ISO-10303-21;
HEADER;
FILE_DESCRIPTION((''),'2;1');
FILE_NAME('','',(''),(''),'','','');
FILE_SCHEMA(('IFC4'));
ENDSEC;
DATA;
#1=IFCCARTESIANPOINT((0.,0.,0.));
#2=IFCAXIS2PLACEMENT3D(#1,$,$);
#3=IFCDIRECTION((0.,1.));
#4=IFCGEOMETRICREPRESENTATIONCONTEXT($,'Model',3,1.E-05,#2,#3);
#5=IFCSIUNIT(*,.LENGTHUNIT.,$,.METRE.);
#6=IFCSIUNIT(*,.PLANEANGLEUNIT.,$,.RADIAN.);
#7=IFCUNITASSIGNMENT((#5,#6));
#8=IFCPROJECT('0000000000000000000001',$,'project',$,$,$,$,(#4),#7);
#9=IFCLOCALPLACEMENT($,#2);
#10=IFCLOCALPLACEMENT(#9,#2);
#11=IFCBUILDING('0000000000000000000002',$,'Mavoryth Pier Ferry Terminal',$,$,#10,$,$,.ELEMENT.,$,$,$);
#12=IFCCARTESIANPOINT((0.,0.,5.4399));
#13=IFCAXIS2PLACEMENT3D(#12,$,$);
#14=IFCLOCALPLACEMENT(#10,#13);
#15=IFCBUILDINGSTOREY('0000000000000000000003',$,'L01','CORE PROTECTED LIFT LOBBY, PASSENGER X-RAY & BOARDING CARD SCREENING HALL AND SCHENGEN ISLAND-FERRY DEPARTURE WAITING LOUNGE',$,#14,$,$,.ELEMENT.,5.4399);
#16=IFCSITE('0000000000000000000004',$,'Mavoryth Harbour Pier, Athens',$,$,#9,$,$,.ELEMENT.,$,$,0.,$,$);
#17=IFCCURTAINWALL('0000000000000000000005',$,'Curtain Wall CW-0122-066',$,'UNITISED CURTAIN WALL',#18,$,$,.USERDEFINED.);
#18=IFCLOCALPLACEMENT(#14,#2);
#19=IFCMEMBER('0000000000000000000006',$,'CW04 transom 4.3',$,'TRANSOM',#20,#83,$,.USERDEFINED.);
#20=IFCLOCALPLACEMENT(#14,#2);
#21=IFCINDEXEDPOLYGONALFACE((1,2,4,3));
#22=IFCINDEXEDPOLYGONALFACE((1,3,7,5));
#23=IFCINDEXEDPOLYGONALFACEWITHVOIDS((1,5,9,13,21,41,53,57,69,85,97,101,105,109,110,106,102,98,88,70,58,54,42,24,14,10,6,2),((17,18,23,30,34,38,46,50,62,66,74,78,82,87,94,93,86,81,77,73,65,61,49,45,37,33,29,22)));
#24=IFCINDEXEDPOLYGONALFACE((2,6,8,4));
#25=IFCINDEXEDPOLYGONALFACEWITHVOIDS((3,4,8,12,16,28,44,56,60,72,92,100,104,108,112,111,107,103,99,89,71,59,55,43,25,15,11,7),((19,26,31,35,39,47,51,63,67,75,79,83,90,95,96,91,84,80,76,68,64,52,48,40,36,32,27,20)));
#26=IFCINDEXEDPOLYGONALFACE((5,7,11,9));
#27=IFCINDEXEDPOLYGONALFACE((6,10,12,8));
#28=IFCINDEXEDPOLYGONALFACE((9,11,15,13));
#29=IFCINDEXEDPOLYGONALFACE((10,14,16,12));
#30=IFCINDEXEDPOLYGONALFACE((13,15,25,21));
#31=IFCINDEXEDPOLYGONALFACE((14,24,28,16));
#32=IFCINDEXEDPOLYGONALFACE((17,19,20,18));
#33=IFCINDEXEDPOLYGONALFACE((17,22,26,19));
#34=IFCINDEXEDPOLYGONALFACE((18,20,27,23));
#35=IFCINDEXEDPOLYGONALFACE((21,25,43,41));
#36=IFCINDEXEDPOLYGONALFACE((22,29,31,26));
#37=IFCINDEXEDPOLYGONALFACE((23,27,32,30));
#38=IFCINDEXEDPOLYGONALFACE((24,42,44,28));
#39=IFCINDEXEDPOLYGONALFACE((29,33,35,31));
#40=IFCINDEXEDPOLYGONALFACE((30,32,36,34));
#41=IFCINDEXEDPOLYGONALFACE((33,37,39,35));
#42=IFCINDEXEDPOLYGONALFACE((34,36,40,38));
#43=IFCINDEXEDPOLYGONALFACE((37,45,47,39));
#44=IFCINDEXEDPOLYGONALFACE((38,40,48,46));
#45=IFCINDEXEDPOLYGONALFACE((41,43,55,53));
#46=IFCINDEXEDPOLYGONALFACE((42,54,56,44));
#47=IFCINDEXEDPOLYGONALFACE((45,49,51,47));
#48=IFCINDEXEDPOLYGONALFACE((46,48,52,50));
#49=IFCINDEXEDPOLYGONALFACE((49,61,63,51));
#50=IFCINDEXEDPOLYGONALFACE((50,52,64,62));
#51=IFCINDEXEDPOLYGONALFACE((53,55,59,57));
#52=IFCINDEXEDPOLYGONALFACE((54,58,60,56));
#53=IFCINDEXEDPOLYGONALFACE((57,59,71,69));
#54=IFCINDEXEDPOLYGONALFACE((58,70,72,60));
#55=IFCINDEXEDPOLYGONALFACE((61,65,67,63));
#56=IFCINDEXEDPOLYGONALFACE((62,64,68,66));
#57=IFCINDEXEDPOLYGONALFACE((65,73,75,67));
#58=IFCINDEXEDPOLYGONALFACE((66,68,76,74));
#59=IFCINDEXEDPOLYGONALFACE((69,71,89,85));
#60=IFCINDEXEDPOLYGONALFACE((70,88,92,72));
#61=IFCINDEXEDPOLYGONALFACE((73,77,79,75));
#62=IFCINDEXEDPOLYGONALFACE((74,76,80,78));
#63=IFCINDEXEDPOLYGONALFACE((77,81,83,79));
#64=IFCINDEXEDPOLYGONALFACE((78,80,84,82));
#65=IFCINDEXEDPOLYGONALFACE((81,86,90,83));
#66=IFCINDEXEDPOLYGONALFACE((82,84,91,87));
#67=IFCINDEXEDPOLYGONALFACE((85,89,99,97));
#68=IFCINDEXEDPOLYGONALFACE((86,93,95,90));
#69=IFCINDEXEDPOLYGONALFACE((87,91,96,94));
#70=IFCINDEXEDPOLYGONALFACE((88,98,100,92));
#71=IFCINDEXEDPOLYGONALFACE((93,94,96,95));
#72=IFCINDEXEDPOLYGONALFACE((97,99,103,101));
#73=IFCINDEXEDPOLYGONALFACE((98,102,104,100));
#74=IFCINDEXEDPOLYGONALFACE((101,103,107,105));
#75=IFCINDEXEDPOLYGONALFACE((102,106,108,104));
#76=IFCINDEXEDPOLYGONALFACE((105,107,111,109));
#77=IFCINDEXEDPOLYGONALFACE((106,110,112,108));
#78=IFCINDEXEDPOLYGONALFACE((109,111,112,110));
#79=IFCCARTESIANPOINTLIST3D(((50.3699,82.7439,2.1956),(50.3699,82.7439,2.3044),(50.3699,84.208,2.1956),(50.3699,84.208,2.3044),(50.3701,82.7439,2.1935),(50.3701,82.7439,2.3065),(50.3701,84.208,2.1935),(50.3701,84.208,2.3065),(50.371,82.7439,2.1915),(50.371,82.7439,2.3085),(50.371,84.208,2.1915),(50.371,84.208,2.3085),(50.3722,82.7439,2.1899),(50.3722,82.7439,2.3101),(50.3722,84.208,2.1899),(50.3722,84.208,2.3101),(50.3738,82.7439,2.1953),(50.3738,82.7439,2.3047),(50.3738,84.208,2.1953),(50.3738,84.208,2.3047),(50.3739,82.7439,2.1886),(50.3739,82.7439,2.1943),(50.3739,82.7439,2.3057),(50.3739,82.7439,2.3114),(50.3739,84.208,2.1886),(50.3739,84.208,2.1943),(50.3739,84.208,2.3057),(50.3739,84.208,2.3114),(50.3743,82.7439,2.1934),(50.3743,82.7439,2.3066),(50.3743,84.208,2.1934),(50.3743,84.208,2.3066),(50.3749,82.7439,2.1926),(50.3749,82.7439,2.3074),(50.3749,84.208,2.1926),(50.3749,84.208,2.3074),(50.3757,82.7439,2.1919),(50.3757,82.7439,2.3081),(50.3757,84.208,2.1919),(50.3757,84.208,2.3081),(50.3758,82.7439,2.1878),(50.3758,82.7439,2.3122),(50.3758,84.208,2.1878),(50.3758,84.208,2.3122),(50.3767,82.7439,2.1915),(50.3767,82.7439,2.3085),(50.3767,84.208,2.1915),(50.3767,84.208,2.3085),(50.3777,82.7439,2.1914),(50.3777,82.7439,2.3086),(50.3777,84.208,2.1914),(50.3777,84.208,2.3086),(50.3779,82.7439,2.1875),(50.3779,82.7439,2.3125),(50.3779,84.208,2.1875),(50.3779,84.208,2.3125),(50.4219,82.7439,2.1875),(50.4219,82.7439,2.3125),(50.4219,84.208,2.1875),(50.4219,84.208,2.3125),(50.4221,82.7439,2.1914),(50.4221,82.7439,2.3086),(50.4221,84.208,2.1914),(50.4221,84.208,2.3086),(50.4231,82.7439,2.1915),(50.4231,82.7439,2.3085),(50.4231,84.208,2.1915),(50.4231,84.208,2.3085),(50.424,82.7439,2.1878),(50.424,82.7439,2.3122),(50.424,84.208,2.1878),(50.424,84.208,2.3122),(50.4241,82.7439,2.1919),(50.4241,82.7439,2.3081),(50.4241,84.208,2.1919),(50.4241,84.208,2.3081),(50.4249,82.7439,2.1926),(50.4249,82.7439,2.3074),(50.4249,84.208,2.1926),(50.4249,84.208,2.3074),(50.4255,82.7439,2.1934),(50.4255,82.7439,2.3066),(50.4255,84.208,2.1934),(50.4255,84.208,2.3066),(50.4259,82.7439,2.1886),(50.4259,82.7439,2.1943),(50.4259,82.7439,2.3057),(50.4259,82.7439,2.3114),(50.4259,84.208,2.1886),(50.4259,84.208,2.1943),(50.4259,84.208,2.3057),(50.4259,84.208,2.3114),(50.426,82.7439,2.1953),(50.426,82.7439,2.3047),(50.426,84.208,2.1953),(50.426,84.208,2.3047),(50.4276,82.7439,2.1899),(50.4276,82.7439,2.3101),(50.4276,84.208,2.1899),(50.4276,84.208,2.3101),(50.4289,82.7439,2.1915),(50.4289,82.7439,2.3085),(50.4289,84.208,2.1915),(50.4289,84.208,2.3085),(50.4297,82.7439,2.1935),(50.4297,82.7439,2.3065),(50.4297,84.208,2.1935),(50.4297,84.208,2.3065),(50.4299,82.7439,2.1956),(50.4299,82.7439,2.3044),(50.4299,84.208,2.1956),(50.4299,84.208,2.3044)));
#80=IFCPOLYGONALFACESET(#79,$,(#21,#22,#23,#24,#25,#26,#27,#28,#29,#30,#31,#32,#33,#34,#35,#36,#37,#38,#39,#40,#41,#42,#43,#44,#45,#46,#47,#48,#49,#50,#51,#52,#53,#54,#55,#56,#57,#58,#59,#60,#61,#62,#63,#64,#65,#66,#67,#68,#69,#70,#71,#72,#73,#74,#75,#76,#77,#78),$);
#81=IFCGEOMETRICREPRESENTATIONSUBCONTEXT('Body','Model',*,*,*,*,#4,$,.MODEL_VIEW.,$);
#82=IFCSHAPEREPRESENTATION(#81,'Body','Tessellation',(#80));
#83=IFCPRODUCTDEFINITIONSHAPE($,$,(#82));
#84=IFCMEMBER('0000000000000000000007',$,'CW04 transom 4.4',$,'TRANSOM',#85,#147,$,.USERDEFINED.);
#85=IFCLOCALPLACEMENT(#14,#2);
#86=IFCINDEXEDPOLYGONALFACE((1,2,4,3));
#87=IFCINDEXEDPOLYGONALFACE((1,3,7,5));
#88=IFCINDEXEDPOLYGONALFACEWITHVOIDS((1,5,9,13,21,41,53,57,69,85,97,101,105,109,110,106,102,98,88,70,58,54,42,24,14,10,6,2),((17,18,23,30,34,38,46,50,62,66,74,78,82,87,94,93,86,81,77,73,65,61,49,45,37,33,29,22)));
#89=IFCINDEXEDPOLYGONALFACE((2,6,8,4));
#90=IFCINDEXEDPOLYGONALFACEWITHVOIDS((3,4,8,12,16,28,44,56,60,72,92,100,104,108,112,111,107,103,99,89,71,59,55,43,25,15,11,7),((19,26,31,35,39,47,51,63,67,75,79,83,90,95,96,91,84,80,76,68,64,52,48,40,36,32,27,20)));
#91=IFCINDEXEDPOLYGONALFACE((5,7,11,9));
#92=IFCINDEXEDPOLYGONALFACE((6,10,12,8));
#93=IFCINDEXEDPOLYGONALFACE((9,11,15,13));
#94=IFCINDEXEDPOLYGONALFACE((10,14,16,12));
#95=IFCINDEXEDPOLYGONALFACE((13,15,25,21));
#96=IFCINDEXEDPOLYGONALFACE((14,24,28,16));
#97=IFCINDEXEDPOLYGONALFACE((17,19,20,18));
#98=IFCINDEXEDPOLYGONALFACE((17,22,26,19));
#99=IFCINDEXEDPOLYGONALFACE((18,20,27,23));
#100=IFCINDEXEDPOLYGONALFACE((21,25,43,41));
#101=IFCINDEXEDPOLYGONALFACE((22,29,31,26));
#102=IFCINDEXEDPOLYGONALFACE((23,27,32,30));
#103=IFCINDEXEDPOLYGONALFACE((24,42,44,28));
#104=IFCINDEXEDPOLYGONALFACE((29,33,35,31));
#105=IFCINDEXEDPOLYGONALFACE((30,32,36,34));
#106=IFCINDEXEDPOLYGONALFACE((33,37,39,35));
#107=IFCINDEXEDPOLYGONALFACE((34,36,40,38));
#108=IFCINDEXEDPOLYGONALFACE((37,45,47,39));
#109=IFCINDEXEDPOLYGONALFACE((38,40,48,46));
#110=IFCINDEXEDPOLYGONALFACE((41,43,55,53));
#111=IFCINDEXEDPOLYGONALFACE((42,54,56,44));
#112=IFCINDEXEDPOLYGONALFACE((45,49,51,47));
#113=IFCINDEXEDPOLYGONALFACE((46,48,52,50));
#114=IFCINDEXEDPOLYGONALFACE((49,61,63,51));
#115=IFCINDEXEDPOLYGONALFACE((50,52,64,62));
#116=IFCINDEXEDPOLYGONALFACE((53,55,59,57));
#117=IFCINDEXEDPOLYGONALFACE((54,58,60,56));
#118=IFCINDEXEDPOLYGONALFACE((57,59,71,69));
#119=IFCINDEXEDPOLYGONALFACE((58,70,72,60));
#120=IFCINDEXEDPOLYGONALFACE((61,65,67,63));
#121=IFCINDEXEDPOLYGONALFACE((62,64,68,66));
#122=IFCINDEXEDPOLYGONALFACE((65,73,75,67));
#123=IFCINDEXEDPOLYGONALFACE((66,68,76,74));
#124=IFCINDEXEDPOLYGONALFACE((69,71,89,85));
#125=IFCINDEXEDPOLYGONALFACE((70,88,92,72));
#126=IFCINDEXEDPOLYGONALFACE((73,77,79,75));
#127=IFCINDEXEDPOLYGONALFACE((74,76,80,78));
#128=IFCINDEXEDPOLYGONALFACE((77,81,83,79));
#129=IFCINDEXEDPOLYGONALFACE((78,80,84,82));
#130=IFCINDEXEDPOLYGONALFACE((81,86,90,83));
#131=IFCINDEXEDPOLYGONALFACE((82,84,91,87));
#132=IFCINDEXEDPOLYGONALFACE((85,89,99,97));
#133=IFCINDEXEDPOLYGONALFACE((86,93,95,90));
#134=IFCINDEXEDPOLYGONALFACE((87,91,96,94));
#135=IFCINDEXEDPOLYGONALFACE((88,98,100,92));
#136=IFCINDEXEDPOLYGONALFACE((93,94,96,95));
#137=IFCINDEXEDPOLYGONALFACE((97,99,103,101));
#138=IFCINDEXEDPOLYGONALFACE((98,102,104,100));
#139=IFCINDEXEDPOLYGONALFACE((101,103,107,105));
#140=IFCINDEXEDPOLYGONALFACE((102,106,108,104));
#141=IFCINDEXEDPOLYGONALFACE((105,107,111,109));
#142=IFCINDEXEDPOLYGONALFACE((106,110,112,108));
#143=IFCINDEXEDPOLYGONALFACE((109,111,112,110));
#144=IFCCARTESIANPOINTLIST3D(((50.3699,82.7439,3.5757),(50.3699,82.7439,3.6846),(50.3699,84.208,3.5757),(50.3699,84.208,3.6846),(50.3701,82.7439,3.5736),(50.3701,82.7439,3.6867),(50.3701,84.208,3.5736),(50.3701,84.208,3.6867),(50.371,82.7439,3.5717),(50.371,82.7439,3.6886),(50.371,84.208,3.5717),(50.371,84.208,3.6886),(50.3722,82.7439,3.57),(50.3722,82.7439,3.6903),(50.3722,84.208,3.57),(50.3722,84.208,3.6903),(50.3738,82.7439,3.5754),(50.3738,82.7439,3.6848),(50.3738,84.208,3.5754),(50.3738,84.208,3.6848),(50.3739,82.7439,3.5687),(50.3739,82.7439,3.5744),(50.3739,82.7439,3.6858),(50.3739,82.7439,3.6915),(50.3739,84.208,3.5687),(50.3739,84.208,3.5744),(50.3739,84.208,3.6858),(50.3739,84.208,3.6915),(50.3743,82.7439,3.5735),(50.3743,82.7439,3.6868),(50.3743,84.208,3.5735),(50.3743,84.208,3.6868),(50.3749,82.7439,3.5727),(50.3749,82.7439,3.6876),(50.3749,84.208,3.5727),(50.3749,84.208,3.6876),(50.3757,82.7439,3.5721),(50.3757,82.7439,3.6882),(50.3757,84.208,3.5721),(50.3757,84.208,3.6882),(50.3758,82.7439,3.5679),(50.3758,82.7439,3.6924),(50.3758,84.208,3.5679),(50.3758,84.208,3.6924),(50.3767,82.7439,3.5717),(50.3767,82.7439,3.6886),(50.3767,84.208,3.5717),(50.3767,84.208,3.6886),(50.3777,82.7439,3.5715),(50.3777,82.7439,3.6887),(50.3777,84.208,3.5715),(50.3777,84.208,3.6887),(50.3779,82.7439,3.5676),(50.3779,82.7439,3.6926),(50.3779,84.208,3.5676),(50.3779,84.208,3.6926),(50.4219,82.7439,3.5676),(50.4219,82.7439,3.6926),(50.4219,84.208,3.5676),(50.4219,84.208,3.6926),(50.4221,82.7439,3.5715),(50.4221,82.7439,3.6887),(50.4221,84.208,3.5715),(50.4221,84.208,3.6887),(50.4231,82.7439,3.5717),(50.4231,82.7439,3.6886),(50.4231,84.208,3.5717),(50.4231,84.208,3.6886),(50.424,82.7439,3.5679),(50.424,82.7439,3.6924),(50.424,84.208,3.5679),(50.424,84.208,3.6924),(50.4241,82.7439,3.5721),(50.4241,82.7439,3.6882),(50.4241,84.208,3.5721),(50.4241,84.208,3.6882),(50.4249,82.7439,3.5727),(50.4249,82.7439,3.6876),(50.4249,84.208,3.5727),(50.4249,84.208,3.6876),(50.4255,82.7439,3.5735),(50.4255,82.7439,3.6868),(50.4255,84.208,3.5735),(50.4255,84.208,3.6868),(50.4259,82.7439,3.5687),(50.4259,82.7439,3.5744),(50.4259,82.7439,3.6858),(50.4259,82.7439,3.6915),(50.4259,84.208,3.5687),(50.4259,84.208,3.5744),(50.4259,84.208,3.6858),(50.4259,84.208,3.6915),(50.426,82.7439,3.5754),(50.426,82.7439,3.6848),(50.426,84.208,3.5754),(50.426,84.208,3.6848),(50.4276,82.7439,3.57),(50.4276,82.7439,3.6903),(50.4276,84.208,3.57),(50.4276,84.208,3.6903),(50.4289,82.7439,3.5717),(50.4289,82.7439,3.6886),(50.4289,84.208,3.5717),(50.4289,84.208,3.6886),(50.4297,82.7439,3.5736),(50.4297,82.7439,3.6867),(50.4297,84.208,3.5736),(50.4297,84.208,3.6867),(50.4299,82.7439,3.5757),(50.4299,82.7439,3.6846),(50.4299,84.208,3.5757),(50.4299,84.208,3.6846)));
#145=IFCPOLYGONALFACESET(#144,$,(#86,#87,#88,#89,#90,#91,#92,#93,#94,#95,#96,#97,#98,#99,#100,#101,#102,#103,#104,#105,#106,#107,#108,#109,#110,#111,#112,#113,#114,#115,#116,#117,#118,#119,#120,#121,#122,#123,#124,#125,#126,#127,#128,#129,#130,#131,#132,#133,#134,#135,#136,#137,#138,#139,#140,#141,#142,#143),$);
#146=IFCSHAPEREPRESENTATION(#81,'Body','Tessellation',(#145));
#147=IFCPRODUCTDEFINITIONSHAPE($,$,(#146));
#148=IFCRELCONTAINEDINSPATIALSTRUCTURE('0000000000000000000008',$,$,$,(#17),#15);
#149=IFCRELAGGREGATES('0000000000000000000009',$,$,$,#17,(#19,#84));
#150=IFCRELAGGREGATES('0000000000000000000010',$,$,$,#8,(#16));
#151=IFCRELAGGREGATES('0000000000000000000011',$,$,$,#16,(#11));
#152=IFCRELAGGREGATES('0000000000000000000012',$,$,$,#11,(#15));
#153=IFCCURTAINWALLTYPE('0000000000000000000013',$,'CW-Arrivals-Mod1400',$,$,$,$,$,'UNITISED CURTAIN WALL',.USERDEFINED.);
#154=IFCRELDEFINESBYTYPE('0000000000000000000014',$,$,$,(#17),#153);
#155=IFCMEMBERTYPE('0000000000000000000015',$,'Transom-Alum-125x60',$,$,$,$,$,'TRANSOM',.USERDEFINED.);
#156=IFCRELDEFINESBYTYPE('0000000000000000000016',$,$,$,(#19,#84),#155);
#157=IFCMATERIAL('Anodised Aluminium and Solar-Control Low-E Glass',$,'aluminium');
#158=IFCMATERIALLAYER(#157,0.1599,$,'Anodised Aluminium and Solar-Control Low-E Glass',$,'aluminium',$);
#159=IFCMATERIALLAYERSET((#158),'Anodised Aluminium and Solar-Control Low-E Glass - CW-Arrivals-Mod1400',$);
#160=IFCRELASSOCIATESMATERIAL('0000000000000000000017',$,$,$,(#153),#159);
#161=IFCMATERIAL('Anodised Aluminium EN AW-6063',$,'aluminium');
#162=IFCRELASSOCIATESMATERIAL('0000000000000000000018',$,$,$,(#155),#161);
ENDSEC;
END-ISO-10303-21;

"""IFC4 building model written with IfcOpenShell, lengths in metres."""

from ifc_helpers import new_model, si_unit, direction, frame, origin, origin_2d, place, context, subcontext, project, spatial, hollow_rectangle, extrude, material, layer, layer_set, material_profile, profile_set, type_object, element, aggregate, save


model = new_model("IFC4")

# Units and contexts
model_context = context("Model", 3, precision=1e-05, world=origin(), true_north=direction((0.0, 1.0)))
body_context = subcontext(model_context, "Body", "Model", "MODEL_VIEW")
ifc_project = project(units=[si_unit("LENGTHUNIT", "METRE"), si_unit("PLANEANGLEUNIT", "RADIAN")], contexts=[model_context])

# Site, building, storey
site_placement = place(None, origin())
site = spatial("IfcSite", under=ifc_project, at=site_placement, Name="Mavoryth Harbour Pier, Athens", CompositionType="ELEMENT", RefElevation=0.0)
building_placement = place(site_placement, origin())
building = spatial("IfcBuilding", under=site, at=building_placement, Name="Mavoryth Pier Ferry Terminal", CompositionType="ELEMENT")
storey_placement = place(building_placement, frame((0.0, 0.0, 5.4399)))
storey = spatial("IfcBuildingStorey", under=building, at=storey_placement, Name="L01", Description="CORE PROTECTED LIFT LOBBY, PASSENGER X-RAY & BOARDING CARD SCREENING HALL AND SCHENGEN ISLAND-FERRY DEPARTURE WAITING LOUNGE", CompositionType="ELEMENT", Elevation=5.4399)

# Curtain wall
ifc_material_1 = material(Name="Anodised Aluminium and Solar-Control Low-E Glass", Category="aluminium")
ifc_layer_1 = layer(ifc_material_1, 0.1599, Name="Anodised Aluminium and Solar-Control Low-E Glass", Category="aluminium")
ifc_layer_set_1 = layer_set([ifc_layer_1], Name="Anodised Aluminium and Solar-Control Low-E Glass - CW-Arrivals-Mod1400")
curtain_wall_type = type_object("IfcCurtainWallType", Name="CW-Arrivals-Mod1400", ElementType="UNITISED CURTAIN WALL", PredefinedType="USERDEFINED", material=ifc_layer_set_1)
ifc_material_2 = material(Name="Anodised Aluminium EN AW-6063", Category="aluminium")
curtain_wall_1_placement = place(storey_placement, origin())
curtain_wall_1 = element("IfcCurtainWall", 1, at=curtain_wall_1_placement, inside=storey, type_object=curtain_wall_type, Name="Curtain Wall CW-0122-066", ObjectType="UNITISED CURTAIN WALL", PredefinedType="USERDEFINED")

# Members
ifc_material_profile_1 = material_profile(ifc_material_2, hollow_rectangle(XDim=0.0601, YDim=0.125, WallThickness=0.0039, InnerFilletRadius=0.0039, OuterFilletRadius=0.0081, at=origin_2d()), Name="AL-TRAN 125x60x4", Category="aluminium")
ifc_profile_set_1 = profile_set([ifc_material_profile_1], Name="Anodised Aluminium EN AW-6063 - AL-TRAN 125x60x4")
member_type_1 = type_object("IfcMemberType", Name="Transom-Alum-125x60", ElementType="TRANSOM", PredefinedType="USERDEFINED", material=ifc_profile_set_1)
member_1_placement = place(storey_placement, frame((50.3999, 84.208, 2.25), z_axis=(0.0, -1.0, 0.0), x_axis=(1.0, 0.0, 0.0)))
member_1 = element("IfcMember", 2, at=member_1_placement, type_object=member_type_1, Name="CW04 transom 4.3", ObjectType="TRANSOM", PredefinedType="USERDEFINED", context=body_context, shape_type="SweptSolid", body=[
    extrude(hollow_rectangle(XDim=0.0601, YDim=0.125, WallThickness=0.0039, InnerFilletRadius=0.0039, OuterFilletRadius=0.0081, at=origin_2d()), origin(), (0.0, 0.0, 1.0), 1.4641),
])
member_2_placement = place(storey_placement, frame((50.3999, 84.208, 3.6301), z_axis=(0.0, -1.0, 0.0), x_axis=(1.0, 0.0, 0.0)))
member_2 = element("IfcMember", 3, at=member_2_placement, type_object=member_type_1, Name="CW04 transom 4.4", ObjectType="TRANSOM", PredefinedType="USERDEFINED", context=body_context, shape_type="SweptSolid", body=[
    extrude(hollow_rectangle(XDim=0.0601, YDim=0.125, WallThickness=0.0039, InnerFilletRadius=0.0039, OuterFilletRadius=0.0081, at=origin_2d()), origin(), (0.0, 0.0, 1.0), 1.4641),
])

aggregate(curtain_wall_1, [member_1, member_2])

save(model, "model.ifc")
